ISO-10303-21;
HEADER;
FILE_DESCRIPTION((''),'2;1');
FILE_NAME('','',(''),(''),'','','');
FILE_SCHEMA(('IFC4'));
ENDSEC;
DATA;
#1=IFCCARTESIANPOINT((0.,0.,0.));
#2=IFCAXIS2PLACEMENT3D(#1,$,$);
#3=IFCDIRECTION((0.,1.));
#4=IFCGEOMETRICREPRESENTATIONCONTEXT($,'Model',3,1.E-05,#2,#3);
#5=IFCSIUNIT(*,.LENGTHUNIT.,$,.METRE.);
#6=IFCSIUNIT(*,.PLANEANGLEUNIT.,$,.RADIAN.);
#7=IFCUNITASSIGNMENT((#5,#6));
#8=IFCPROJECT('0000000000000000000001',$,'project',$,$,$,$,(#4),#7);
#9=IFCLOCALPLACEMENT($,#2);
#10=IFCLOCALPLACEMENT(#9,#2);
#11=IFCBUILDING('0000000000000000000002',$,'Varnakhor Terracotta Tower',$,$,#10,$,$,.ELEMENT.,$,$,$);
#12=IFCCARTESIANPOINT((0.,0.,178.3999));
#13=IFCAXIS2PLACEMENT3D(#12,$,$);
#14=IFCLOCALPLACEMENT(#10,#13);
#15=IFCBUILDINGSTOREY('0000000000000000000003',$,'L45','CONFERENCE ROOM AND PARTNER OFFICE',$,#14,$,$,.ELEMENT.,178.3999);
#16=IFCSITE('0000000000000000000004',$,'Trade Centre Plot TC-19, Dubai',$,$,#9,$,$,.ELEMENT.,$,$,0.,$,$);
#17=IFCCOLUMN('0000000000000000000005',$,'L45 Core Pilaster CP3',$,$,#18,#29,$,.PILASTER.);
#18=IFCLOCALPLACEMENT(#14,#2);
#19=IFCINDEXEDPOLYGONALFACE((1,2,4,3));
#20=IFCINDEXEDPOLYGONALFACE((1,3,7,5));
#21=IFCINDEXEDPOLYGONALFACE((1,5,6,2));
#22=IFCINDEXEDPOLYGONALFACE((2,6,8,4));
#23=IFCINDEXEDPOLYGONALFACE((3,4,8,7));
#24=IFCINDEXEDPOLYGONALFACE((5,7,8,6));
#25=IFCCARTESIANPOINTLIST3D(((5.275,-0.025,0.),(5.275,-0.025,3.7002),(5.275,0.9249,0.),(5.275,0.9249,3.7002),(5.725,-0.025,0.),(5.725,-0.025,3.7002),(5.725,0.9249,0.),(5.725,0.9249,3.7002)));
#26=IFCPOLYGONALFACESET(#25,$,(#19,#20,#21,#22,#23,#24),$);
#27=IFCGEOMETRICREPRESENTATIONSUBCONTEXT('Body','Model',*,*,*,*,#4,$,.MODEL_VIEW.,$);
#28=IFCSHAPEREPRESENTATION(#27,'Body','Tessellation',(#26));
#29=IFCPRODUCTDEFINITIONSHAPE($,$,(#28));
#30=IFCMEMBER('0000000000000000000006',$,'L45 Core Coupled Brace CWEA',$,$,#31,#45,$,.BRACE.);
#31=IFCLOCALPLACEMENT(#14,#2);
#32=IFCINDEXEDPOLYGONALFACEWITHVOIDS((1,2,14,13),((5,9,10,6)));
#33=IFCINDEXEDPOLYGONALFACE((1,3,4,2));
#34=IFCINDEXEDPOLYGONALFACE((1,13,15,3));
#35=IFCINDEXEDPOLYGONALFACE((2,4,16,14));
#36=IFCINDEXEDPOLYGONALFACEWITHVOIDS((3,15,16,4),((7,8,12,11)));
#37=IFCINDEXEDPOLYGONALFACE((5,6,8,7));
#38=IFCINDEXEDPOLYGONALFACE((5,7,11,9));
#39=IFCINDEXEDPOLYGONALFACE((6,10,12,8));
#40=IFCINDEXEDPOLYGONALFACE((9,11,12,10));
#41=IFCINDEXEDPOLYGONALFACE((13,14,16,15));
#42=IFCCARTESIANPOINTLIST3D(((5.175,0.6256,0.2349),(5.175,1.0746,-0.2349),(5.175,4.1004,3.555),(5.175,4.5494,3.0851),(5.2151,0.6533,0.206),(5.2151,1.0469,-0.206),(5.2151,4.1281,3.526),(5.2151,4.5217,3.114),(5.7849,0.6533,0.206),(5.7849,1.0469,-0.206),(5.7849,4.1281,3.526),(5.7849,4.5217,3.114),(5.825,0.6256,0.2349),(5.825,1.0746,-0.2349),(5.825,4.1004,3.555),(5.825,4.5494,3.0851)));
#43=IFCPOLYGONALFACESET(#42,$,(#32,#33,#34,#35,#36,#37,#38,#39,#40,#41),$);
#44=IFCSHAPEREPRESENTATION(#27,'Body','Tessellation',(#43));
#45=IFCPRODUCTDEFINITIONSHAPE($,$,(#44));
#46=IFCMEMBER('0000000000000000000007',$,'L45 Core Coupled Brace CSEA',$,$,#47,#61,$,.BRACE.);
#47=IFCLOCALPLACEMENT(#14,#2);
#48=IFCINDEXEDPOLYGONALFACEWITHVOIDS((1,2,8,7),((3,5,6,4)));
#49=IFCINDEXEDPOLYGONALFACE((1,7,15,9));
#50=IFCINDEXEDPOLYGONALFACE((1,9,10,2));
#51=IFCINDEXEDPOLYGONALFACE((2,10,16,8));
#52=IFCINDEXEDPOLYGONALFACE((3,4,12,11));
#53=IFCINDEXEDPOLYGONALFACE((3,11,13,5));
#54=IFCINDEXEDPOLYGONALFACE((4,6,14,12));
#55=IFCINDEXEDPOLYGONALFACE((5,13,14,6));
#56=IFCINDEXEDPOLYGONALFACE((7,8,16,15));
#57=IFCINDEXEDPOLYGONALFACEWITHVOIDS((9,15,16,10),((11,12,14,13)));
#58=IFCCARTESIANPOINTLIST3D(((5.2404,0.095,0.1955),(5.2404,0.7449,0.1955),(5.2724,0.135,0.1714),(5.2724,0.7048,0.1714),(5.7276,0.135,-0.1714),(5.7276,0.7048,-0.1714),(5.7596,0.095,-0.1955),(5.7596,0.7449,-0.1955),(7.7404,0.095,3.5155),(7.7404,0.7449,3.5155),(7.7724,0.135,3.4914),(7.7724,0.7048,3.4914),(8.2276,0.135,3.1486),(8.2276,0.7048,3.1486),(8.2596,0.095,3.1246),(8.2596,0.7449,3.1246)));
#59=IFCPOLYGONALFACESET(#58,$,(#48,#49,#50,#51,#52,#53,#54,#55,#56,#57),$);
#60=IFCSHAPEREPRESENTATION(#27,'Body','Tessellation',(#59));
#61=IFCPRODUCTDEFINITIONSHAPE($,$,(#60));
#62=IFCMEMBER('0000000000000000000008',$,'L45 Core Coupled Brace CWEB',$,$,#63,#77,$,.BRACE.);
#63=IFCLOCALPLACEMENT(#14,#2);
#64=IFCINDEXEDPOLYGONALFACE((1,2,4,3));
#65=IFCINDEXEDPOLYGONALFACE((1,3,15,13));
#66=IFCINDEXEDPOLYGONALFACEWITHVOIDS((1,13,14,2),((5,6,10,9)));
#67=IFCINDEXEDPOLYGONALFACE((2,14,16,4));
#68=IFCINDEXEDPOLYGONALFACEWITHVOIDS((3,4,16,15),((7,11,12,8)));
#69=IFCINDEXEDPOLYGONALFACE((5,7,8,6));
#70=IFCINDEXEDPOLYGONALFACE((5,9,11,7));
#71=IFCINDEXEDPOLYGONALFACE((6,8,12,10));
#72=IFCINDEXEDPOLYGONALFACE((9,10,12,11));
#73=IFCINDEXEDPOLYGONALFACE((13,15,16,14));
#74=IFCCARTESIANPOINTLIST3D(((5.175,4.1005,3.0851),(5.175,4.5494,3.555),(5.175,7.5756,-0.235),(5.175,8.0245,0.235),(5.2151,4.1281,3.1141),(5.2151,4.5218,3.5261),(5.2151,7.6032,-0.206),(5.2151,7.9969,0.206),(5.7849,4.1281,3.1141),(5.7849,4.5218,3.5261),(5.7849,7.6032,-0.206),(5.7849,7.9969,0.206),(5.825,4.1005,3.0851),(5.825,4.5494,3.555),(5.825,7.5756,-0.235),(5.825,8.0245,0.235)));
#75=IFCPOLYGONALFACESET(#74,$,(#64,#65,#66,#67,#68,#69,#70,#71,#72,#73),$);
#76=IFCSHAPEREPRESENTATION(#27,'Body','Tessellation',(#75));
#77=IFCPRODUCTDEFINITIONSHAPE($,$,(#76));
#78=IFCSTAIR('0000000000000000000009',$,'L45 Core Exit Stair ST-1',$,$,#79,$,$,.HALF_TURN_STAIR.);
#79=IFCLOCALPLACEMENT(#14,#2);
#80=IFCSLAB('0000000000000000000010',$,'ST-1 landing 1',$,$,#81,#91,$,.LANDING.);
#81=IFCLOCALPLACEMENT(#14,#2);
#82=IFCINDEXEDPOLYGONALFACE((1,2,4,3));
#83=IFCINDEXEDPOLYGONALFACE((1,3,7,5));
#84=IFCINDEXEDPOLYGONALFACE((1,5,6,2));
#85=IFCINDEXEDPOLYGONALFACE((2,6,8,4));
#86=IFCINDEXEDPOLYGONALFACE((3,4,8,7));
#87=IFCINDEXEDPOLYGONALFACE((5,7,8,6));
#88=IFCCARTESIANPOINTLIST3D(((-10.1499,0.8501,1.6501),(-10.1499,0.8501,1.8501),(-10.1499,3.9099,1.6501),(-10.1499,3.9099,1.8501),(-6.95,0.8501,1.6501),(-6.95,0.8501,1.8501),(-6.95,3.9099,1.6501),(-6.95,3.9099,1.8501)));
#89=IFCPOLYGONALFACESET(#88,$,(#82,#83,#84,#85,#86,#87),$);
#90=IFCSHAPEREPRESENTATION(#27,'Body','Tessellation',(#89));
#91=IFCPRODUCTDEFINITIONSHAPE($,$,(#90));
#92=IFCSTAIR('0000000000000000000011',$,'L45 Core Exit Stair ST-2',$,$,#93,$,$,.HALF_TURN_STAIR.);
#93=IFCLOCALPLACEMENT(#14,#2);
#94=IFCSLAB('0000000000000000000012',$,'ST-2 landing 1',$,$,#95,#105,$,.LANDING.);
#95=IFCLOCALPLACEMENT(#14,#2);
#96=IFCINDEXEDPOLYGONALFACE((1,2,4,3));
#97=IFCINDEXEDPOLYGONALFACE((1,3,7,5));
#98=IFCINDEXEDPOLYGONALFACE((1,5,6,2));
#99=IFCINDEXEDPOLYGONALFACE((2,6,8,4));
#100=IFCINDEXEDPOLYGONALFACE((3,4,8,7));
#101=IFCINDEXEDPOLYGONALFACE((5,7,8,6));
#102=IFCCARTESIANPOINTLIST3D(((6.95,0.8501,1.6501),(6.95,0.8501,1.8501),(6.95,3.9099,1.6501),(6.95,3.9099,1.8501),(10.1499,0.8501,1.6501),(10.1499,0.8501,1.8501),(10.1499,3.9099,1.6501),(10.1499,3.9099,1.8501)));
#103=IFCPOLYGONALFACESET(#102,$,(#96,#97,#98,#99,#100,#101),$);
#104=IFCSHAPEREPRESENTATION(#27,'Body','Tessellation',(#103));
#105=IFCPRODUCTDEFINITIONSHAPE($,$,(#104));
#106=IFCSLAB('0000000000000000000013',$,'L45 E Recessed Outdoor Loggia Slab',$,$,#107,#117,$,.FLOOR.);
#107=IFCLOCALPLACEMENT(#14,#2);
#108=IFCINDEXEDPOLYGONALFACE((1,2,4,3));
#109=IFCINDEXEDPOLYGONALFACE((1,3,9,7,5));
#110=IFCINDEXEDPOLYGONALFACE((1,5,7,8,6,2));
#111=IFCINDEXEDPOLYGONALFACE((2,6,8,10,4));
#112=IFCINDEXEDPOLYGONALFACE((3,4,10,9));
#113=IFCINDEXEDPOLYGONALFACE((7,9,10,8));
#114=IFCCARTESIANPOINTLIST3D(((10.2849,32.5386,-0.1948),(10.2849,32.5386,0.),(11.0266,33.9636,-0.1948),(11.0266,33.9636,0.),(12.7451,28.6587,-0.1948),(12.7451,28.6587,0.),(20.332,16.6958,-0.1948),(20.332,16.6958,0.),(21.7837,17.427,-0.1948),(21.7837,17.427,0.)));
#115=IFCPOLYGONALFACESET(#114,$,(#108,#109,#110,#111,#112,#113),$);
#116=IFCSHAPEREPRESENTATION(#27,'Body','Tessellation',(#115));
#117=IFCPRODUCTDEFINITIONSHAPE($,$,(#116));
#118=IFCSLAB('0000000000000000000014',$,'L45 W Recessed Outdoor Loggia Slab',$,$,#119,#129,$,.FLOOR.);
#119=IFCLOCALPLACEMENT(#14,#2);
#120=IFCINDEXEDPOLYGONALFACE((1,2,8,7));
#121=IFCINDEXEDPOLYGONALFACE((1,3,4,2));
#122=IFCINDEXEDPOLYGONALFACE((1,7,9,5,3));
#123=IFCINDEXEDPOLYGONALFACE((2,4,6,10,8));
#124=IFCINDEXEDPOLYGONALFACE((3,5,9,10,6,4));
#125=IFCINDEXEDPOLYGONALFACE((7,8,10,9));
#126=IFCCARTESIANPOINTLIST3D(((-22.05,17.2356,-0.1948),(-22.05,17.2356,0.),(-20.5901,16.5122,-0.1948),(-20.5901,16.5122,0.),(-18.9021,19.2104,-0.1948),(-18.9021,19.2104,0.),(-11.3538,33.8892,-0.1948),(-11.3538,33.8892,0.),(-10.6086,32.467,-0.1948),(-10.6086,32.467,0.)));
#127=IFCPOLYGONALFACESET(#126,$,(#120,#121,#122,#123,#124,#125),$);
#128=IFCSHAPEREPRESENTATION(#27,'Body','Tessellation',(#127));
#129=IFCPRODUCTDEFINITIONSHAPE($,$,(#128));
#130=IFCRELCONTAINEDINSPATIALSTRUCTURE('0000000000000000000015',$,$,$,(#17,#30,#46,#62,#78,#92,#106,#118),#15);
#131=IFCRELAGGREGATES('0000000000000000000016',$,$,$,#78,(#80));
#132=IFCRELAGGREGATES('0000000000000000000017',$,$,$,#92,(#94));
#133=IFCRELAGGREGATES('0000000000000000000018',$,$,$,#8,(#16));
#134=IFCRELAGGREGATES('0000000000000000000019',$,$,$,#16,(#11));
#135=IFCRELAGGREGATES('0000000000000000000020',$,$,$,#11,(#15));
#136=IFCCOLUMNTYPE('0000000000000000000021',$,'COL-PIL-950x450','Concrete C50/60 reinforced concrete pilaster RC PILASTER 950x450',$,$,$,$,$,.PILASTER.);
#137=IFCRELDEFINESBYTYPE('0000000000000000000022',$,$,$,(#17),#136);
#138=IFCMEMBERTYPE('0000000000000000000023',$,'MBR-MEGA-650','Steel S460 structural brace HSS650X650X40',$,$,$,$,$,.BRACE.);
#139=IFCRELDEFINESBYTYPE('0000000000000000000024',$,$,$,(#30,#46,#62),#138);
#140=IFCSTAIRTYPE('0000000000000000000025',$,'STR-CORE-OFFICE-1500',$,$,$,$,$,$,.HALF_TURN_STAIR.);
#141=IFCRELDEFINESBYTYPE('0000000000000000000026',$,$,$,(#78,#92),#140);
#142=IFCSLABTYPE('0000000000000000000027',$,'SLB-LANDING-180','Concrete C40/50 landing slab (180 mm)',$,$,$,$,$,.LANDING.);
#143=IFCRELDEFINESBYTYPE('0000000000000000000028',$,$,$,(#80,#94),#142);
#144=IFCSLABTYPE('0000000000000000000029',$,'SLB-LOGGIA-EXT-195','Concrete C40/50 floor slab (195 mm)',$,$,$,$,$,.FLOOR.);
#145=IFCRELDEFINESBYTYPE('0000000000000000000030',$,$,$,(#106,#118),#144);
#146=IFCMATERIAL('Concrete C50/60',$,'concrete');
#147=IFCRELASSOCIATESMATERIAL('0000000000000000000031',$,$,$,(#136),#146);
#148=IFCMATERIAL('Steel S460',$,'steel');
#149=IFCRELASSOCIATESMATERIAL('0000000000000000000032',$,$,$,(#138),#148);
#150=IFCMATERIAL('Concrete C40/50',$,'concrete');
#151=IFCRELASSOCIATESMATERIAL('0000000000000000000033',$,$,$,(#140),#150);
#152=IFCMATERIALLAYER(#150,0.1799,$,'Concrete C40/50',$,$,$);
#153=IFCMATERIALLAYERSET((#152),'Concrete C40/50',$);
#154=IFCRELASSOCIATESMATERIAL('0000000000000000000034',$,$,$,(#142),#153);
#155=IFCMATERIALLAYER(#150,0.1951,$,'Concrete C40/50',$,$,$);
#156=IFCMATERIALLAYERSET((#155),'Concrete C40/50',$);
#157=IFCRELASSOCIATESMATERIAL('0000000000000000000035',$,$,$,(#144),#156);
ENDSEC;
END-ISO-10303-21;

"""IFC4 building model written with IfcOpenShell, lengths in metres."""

from ifc_helpers import new_model, si_unit, direction, frame, origin, origin_2d, place, context, subcontext, project, spatial, polyline, rectangle, hollow_rectangle, outline, extrude, source, transform, mapped, material, layer, layer_set, material_profile, profile_set, type_object, element, aggregate, save


model = new_model("IFC4")

# Units and contexts
model_context = context("Model", 3, precision=1e-05, world=origin(), true_north=direction((0.0, 1.0)))
body_context = subcontext(model_context, "Body", "Model", "MODEL_VIEW")
ifc_project = project(units=[si_unit("LENGTHUNIT", "METRE"), si_unit("PLANEANGLEUNIT", "RADIAN")], contexts=[model_context])

# Site, building, storey
site_placement = place(None, origin())
site = spatial("IfcSite", under=ifc_project, at=site_placement, Name="Trade Centre Plot TC-19, Dubai", CompositionType="ELEMENT", RefElevation=0.0)
building_placement = place(site_placement, origin())
building = spatial("IfcBuilding", under=site, at=building_placement, Name="Varnakhor Terracotta Tower", CompositionType="ELEMENT")
storey_placement = place(building_placement, frame((0.0, 0.0, 178.3999)))
storey = spatial("IfcBuildingStorey", under=building, at=storey_placement, Name="L45", Description="CONFERENCE ROOM AND PARTNER OFFICE", CompositionType="ELEMENT", Elevation=178.3999)

# Column
ifc_material_1 = material(Name="Concrete C50/60", Category="concrete")
ifc_material_profile_1 = material_profile(ifc_material_1, rectangle(XDim=0.45, YDim=0.95, at=origin_2d()), Name="RC PILASTER 950x450")
ifc_profile_set_1 = profile_set([ifc_material_profile_1], Name="Concrete C50/60")
column_type = type_object("IfcColumnType", Name="COL-PIL-950x450", Description="Concrete C50/60 reinforced concrete pilaster RC PILASTER 950x450", PredefinedType="PILASTER", material=ifc_profile_set_1)
shared_shape_1 = source(origin(), body_context, "Body", "SweptSolid", [
    extrude(rectangle(XDim=0.45, YDim=0.95, at=origin_2d()), origin(), (0.0, 0.0, 1.0), 3.7002),
])
column_placement = place(storey_placement, frame((5.5, 0.45, 0.0), z_axis=(0.0, 0.0, 1.0), x_axis=(1.0, 0.0, 0.0)))
element("IfcColumn", 1, at=column_placement, inside=storey, type_object=column_type, Name="L45 Core Pilaster CP3", PredefinedType="PILASTER", context=body_context, shape_type="MappedRepresentation", body=[
    mapped(shared_shape_1, transform((0.0, 0.0, 0.0), scale=1.0)),
])

# Members
ifc_material_2 = material(Name="Steel S460", Category="steel")
ifc_material_profile_2 = material_profile(ifc_material_2, hollow_rectangle(XDim=0.6499, YDim=0.6499, WallThickness=0.04, at=origin_2d()), Name="HSS650X650X40")
ifc_profile_set_2 = profile_set([ifc_material_profile_2], Name="Steel S460")
member_type = type_object("IfcMemberType", Name="MBR-MEGA-650", Description="Steel S460 structural brace HSS650X650X40", PredefinedType="BRACE", material=ifc_profile_set_2)
shared_shape_2 = source(origin(), body_context, "Body", "SweptSolid", [
    extrude(hollow_rectangle(XDim=0.6499, YDim=0.6499, WallThickness=0.04, at=origin_2d()), origin(), (0.0, 0.0, 1.0), 4.8059),
])
member_1_placement = place(storey_placement, frame((5.5, 0.8501, 0.0), z_axis=(0.0, 0.723027, 0.69082), x_axis=(-1.0, 0.0, 0.0)))
element("IfcMember", 2, at=member_1_placement, inside=storey, type_object=member_type, Name="L45 Core Coupled Brace CWEA", PredefinedType="BRACE", context=body_context, shape_type="MappedRepresentation", body=[
    mapped(shared_shape_2, transform((0.0, 0.0, 0.0), scale=1.0)),
])
shared_shape_3 = source(origin(), body_context, "Body", "SweptSolid", [
    extrude(hollow_rectangle(XDim=0.6499, YDim=0.6499, WallThickness=0.04, at=origin_2d()), origin(), (0.0, 0.0, 1.0), 4.156),
])
member_2_placement = place(storey_placement, frame((5.5, 0.4199, 0.0), z_axis=(0.601531, 0.0, 0.79885), x_axis=(0.0, 1.0, 0.0)))
element("IfcMember", 3, at=member_2_placement, inside=storey, type_object=member_type, Name="L45 Core Coupled Brace CSEA", PredefinedType="BRACE", context=body_context, shape_type="MappedRepresentation", body=[
    mapped(shared_shape_3, transform((0.0, 0.0, 0.0), scale=1.0)),
])
shared_shape_4 = source(origin(), body_context, "Body", "SweptSolid", [
    extrude(hollow_rectangle(XDim=0.6499, YDim=0.6499, WallThickness=0.04, at=origin_2d()), origin(), (0.0, 0.0, 1.0), 4.8062),
])
member_3_placement = place(storey_placement, frame((5.5, 7.8, 0.0), z_axis=(0.0, -0.723051, 0.690795), x_axis=(1.0, 0.0, 0.0)))
element("IfcMember", 4, at=member_3_placement, inside=storey, type_object=member_type, Name="L45 Core Coupled Brace CWEB", PredefinedType="BRACE", context=body_context, shape_type="MappedRepresentation", body=[
    mapped(shared_shape_4, transform((0.0, 0.0, 0.0), scale=1.0)),
])

# Stairs, slabs
ifc_material_3 = material(Name="Concrete C40/50", Category="concrete")
stair_type = type_object("IfcStairType", Name="STR-CORE-OFFICE-1500", PredefinedType="HALF_TURN_STAIR", material=ifc_material_3)
stair_1_placement = place(storey_placement, origin())
stair_1 = element("IfcStair", 5, at=stair_1_placement, inside=storey, type_object=stair_type, Name="L45 Core Exit Stair ST-1", PredefinedType="HALF_TURN_STAIR")
ifc_layer_1 = layer(ifc_material_3, 0.1799, Name="Concrete C40/50")
ifc_layer_set_1 = layer_set([ifc_layer_1], Name="Concrete C40/50")
slab_type_1 = type_object("IfcSlabType", Name="SLB-LANDING-180", Description="Concrete C40/50 landing slab (180 mm)", PredefinedType="LANDING", material=ifc_layer_set_1)
slab_1_placement = place(storey_placement, frame((0.0, 0.0, 1.6501)))
slab_1 = element("IfcSlab", 6, at=slab_1_placement, type_object=slab_type_1, Name="ST-1 landing 1", PredefinedType="LANDING", context=body_context, shape_type="SweptSolid", body=[
    extrude(outline(polyline([(-10.1499, 3.9099), (-10.1499, 0.8501), (-6.95, 0.8501), (-6.95, 3.9099), (-10.1499, 3.9099)])), origin(), (0.0, 0.0, 1.0), 0.2),
])
aggregate(stair_1, [slab_1])
stair_2_placement = place(storey_placement, origin())
stair_2 = element("IfcStair", 7, at=stair_2_placement, inside=storey, type_object=stair_type, Name="L45 Core Exit Stair ST-2", PredefinedType="HALF_TURN_STAIR")
slab_2_placement = place(storey_placement, frame((0.0, 0.0, 1.6501)))
slab_2 = element("IfcSlab", 8, at=slab_2_placement, type_object=slab_type_1, Name="ST-2 landing 1", PredefinedType="LANDING", context=body_context, shape_type="SweptSolid", body=[
    extrude(outline(polyline([(6.95, 3.9099), (6.95, 0.8501), (10.1499, 0.8501), (10.1499, 3.9099), (6.95, 3.9099)])), origin(), (0.0, 0.0, 1.0), 0.2),
])

# Slabs
ifc_layer_2 = layer(ifc_material_3, 0.1951, Name="Concrete C40/50")
ifc_layer_set_2 = layer_set([ifc_layer_2], Name="Concrete C40/50")
slab_type_2 = type_object("IfcSlabType", Name="SLB-LOGGIA-EXT-195", Description="Concrete C40/50 floor slab (195 mm)", PredefinedType="FLOOR", material=ifc_layer_set_2)
slab_3_placement = place(storey_placement, frame((0.0, 0.0, -0.1948)))
element("IfcSlab", 9, at=slab_3_placement, inside=storey, type_object=slab_type_2, Name="L45 E Recessed Outdoor Loggia Slab", PredefinedType="FLOOR", context=body_context, shape_type="SweptSolid", body=[
    extrude(outline(polyline([(11.0266, 33.9636), (21.7837, 17.427), (20.332, 16.6958), (12.7451, 28.6587), (10.2849, 32.5386), (11.0266, 33.9636)])), origin(), (0.0, 0.0, 1.0), 0.1948),
])
slab_4_placement = place(storey_placement, frame((0.0, 0.0, -0.1948)))
element("IfcSlab", 10, at=slab_4_placement, inside=storey, type_object=slab_type_2, Name="L45 W Recessed Outdoor Loggia Slab", PredefinedType="FLOOR", context=body_context, shape_type="SweptSolid", body=[
    extrude(outline(polyline([(-22.05, 17.2356), (-11.3538, 33.8892), (-10.6086, 32.467), (-18.9021, 19.2104), (-20.5901, 16.5122), (-22.05, 17.2356)])), origin(), (0.0, 0.0, 1.0), 0.1948),
])

aggregate(stair_2, [slab_2])

save(model, "model.ifc")
